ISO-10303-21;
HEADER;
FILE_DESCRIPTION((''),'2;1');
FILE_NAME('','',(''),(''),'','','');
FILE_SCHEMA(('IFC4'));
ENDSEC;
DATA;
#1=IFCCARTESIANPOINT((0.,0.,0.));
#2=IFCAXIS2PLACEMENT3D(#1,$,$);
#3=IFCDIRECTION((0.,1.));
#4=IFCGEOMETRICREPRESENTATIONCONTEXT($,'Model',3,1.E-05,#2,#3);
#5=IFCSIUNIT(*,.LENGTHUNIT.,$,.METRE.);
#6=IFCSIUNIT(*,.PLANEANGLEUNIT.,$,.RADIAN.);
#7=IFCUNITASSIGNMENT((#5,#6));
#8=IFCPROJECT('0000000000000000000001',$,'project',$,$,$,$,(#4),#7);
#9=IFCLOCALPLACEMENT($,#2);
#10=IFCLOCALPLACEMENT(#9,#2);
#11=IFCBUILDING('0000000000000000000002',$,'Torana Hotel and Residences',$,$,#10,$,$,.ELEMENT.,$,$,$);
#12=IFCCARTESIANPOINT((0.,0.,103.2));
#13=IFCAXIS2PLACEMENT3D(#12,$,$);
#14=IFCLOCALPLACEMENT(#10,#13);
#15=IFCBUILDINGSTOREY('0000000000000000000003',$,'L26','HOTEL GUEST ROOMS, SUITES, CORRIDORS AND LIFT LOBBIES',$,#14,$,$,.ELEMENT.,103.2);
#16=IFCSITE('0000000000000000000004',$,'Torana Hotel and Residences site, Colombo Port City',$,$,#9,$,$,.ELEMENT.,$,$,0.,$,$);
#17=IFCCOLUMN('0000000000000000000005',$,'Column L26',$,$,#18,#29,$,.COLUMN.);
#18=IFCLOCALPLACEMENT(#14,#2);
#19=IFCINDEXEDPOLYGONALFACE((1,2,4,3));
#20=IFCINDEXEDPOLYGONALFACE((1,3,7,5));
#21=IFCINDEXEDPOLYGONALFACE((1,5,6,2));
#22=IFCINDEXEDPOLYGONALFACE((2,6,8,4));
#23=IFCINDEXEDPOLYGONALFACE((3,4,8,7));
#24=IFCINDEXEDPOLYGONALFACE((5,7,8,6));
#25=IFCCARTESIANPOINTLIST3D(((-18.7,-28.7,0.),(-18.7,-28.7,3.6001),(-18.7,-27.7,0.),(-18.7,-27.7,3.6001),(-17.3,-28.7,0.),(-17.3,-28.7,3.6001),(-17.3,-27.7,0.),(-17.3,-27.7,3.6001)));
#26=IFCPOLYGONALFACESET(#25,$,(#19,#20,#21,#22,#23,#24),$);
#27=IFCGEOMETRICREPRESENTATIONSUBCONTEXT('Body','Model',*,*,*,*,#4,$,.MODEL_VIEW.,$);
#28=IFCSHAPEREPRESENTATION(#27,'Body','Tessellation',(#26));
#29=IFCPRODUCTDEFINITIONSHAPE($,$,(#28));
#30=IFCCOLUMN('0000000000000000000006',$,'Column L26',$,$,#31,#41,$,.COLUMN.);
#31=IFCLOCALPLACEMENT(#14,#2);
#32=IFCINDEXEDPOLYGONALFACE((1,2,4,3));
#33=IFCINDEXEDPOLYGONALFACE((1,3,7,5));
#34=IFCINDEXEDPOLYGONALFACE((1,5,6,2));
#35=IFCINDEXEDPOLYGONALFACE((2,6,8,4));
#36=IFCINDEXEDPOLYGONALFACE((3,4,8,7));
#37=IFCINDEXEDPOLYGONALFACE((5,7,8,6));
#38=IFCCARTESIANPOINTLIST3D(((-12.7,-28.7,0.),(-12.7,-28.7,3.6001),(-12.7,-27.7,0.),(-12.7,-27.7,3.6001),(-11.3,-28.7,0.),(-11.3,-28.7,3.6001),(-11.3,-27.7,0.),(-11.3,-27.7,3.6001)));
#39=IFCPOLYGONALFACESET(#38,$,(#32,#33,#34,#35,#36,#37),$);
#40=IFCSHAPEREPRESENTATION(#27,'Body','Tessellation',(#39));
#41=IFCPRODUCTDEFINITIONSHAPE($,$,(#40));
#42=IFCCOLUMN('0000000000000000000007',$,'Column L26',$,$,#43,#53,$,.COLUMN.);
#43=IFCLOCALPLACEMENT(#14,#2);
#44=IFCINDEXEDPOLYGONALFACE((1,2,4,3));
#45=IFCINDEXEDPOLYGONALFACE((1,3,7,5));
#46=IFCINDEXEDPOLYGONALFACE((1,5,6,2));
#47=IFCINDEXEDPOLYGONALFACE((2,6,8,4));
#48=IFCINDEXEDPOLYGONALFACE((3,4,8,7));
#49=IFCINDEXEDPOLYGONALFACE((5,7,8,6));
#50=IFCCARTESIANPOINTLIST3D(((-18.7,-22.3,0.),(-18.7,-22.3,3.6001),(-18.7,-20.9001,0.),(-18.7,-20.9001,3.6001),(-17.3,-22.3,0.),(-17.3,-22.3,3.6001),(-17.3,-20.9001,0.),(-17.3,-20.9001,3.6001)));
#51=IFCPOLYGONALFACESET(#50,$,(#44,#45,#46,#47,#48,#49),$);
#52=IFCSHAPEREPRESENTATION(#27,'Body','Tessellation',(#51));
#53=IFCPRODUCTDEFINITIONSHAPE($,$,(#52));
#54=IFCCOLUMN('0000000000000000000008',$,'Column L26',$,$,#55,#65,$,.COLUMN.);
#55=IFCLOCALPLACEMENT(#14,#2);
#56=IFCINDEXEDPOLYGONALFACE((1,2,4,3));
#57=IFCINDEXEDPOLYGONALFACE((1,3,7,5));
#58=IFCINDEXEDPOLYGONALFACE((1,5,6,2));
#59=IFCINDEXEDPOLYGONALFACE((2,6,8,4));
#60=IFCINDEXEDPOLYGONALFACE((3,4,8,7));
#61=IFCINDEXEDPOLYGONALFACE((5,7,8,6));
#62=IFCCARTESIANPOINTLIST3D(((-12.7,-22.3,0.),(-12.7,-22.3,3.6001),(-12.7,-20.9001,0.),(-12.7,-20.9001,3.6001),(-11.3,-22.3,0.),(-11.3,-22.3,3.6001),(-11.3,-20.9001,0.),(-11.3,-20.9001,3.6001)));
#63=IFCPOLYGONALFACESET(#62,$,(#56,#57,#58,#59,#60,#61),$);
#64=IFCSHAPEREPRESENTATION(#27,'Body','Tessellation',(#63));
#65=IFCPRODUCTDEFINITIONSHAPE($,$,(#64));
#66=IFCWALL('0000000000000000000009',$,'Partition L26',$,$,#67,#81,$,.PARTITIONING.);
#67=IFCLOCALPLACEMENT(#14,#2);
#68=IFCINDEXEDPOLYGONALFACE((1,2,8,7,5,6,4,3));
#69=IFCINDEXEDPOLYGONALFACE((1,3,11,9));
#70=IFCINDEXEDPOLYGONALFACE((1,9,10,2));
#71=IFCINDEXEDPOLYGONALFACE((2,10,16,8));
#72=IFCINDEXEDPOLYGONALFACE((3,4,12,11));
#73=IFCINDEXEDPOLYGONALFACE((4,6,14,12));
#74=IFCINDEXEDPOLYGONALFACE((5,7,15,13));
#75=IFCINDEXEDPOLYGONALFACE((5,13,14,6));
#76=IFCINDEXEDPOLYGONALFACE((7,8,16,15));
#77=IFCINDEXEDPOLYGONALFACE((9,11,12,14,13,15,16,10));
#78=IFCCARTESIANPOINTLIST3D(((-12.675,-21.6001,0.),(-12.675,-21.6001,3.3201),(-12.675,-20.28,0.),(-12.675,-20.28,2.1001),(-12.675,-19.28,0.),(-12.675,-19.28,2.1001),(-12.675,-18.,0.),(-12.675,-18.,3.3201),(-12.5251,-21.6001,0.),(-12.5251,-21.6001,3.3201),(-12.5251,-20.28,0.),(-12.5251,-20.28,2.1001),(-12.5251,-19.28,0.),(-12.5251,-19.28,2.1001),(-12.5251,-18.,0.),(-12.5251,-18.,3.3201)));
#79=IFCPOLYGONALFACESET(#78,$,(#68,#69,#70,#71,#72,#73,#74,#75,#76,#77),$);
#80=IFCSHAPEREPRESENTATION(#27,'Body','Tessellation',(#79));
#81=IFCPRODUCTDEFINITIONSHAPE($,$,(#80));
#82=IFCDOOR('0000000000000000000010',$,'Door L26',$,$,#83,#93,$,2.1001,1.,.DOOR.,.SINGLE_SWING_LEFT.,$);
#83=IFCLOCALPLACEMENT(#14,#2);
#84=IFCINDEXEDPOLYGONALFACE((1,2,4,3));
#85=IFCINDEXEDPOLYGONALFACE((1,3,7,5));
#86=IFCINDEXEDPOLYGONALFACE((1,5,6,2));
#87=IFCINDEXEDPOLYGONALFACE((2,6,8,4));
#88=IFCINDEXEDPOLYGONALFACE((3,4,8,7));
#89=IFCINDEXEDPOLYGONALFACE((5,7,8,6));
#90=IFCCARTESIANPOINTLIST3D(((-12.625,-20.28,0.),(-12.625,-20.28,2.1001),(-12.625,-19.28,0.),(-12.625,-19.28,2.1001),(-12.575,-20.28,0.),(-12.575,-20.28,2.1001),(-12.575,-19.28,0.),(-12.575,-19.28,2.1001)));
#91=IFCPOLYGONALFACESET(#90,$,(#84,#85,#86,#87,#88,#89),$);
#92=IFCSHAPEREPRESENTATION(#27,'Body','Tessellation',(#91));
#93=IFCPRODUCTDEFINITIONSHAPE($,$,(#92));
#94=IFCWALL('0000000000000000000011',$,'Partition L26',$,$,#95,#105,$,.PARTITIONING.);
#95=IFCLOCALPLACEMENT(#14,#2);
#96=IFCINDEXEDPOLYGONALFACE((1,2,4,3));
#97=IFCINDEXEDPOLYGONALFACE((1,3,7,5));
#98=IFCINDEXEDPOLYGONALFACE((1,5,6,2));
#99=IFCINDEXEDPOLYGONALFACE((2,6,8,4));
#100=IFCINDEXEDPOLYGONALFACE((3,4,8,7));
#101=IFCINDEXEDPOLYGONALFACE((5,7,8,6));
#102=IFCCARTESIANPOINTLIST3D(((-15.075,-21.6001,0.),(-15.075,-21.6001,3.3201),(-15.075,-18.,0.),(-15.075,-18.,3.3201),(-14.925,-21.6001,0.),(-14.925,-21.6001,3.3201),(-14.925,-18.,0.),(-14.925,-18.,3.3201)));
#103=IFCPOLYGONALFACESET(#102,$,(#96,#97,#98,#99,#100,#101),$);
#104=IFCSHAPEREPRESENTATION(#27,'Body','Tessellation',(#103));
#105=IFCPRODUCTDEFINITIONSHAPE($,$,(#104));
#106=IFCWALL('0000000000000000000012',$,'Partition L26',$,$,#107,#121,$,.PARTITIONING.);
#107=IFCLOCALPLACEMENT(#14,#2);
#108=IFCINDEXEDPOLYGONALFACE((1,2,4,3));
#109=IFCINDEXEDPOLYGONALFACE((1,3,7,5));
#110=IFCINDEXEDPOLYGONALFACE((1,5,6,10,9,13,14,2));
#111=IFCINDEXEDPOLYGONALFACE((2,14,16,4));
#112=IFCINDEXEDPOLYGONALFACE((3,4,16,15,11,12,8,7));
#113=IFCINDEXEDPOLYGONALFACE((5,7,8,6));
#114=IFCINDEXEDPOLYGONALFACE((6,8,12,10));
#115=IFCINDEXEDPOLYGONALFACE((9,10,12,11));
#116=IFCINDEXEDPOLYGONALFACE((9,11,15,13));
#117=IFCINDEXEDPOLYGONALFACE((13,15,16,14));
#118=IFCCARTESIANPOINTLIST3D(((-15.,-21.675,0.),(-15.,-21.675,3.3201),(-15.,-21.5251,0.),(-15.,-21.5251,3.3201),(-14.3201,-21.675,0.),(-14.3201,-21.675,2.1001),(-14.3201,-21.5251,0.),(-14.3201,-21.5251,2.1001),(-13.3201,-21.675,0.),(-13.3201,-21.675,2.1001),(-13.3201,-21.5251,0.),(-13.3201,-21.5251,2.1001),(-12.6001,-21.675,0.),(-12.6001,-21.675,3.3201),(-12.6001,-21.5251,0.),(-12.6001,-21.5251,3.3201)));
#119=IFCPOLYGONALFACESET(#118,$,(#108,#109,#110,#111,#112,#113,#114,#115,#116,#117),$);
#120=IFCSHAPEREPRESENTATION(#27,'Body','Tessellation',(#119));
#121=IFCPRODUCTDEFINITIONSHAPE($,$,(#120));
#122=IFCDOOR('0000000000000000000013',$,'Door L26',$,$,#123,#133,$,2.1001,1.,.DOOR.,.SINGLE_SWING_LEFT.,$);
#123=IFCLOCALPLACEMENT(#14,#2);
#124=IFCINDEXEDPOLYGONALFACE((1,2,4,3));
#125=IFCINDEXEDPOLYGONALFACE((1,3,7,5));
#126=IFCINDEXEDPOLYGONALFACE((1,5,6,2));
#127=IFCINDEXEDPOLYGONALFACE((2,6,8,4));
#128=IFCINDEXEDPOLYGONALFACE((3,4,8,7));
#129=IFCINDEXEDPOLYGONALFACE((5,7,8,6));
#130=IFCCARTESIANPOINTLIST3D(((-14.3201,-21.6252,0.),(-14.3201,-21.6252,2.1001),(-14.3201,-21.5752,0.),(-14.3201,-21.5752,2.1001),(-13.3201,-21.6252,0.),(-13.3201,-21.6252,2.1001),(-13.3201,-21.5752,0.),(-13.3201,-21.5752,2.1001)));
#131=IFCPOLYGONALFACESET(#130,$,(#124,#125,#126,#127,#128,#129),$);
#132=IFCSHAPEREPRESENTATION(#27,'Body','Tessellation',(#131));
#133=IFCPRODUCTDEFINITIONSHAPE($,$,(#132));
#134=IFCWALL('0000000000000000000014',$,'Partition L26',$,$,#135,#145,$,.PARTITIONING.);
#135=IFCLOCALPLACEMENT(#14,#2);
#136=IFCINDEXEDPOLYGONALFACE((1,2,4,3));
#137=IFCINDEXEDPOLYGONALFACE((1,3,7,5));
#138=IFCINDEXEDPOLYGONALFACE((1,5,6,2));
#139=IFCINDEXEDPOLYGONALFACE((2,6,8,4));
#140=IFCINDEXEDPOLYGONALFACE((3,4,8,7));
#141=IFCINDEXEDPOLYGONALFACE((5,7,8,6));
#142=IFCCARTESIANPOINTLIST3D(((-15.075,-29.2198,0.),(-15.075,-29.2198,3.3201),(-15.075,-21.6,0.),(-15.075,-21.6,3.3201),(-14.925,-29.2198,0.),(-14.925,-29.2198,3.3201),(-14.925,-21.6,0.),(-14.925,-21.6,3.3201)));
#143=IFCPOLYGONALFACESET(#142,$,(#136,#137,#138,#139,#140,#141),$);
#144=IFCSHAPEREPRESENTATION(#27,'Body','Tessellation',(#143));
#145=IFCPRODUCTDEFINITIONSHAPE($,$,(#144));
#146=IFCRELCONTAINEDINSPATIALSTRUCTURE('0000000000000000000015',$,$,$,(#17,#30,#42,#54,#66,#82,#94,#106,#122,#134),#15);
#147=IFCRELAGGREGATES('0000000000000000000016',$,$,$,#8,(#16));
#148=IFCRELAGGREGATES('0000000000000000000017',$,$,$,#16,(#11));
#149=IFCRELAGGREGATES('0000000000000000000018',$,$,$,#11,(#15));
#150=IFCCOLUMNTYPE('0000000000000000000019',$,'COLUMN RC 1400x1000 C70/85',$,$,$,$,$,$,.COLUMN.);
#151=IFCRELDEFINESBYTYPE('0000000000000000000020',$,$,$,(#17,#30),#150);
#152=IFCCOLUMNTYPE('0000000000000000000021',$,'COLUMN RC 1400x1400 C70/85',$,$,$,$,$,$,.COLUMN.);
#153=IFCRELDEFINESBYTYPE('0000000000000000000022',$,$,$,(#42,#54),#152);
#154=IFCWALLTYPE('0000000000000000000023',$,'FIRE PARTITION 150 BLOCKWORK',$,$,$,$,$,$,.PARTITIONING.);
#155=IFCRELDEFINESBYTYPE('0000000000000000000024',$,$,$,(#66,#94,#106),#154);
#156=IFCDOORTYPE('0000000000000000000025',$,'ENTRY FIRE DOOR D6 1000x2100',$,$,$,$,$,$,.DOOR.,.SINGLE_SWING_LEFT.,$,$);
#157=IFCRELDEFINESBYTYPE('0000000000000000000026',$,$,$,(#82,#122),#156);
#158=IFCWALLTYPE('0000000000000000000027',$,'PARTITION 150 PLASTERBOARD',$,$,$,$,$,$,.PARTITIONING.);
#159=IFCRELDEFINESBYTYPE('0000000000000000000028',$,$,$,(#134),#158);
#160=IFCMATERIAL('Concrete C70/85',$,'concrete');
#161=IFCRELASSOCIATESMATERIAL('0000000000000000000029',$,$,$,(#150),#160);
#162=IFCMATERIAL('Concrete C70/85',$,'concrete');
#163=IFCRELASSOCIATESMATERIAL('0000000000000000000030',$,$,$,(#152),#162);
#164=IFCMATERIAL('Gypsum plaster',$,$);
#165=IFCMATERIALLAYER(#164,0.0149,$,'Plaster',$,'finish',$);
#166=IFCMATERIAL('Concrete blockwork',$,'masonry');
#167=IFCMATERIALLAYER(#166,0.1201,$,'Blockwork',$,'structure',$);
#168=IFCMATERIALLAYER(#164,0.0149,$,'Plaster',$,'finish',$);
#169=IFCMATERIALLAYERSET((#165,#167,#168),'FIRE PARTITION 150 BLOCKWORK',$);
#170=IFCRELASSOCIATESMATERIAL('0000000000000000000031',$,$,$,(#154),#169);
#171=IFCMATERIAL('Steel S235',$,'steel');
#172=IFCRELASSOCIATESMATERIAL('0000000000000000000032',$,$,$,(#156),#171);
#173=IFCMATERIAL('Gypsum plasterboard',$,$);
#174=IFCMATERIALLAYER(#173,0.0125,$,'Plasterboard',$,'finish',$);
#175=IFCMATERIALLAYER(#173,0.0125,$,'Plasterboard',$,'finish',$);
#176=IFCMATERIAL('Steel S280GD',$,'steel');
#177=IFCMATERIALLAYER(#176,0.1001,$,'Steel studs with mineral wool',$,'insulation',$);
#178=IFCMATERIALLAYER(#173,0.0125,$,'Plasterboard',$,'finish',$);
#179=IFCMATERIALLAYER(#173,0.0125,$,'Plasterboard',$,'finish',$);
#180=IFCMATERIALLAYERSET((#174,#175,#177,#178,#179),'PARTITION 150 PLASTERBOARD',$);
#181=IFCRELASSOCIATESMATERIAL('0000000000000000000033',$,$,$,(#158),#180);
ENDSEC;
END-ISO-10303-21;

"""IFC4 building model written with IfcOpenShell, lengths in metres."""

from ifc_helpers import new_model, si_unit, direction, frame, frame_2d, origin, origin_2d, place, context, subcontext, project, spatial, rectangle, extrude, material, layer, layer_set, material_profile, profile_set, type_object, element, fill, save


model = new_model("IFC4")

# Units and contexts
model_context = context("Model", 3, precision=1e-05, world=origin(), true_north=direction((0.0, 1.0)))
body_context = subcontext(model_context, "Body", "Model", "MODEL_VIEW")
ifc_project = project(units=[si_unit("LENGTHUNIT", "METRE"), si_unit("PLANEANGLEUNIT", "RADIAN")], contexts=[model_context])

# Site, building, storey
site_placement = place(None, origin())
site = spatial("IfcSite", under=ifc_project, at=site_placement, Name="Torana Hotel and Residences site, Colombo Port City", CompositionType="ELEMENT", RefElevation=0.0)
building_placement = place(site_placement, origin())
building = spatial("IfcBuilding", under=site, at=building_placement, Name="Torana Hotel and Residences", CompositionType="ELEMENT")
storey_placement = place(building_placement, frame((0.0, 0.0, 103.2)))
storey = spatial("IfcBuildingStorey", under=building, at=storey_placement, Name="L26", Description="HOTEL GUEST ROOMS, SUITES, CORRIDORS AND LIFT LOBBIES", CompositionType="ELEMENT", Elevation=103.2)

# Columns
ifc_material_1 = material(Name="Concrete C70/85", Category="concrete")
ifc_material_profile_1 = material_profile(ifc_material_1, rectangle(XDim=1.3999, YDim=1.0, at=origin_2d()), Name="RC 1400x1000")
ifc_profile_set_1 = profile_set([ifc_material_profile_1], Name="Concrete C70/85")
column_type_1 = type_object("IfcColumnType", Name="COLUMN RC 1400x1000 C70/85", PredefinedType="COLUMN", material=ifc_profile_set_1)
for number, where, z_axis, x_axis, name in (
    (1, (-18.0, -28.2, 0.0), (0.0, 0.0, 1.0), (1.0, 0.0, 0.0), "Column L26"),
    (2, (-12.0, -28.2, 0.0), (0.0, 0.0, 1.0), (1.0, 0.0, 0.0), "Column L26"),
):
    element("IfcColumn", number, at=place(storey_placement, frame(where, z_axis=z_axis, x_axis=x_axis)), inside=storey, type_object=column_type_1, Name=name, PredefinedType="COLUMN", context=body_context, shape_type="SweptSolid", body=[
        extrude(rectangle(XDim=1.3999, YDim=1.0, at=origin_2d()), origin(), (0.0, 0.0, 1.0), 3.6001),
    ])
ifc_material_2 = material(Name="Concrete C70/85", Category="concrete")
ifc_material_profile_2 = material_profile(ifc_material_2, rectangle(XDim=1.3999, YDim=1.3999, at=origin_2d()), Name="RC 1400x1400")
ifc_profile_set_2 = profile_set([ifc_material_profile_2], Name="Concrete C70/85")
column_type_2 = type_object("IfcColumnType", Name="COLUMN RC 1400x1400 C70/85", PredefinedType="COLUMN", material=ifc_profile_set_2)
for number, where, z_axis, x_axis, name in (
    (3, (-18.0, -21.6001, 0.0), (0.0, 0.0, 1.0), (1.0, 0.0, 0.0), "Column L26"),
    (4, (-12.0, -21.6001, 0.0), (0.0, 0.0, 1.0), (1.0, 0.0, 0.0), "Column L26"),
):
    element("IfcColumn", number, at=place(storey_placement, frame(where, z_axis=z_axis, x_axis=x_axis)), inside=storey, type_object=column_type_2, Name=name, PredefinedType="COLUMN", context=body_context, shape_type="SweptSolid", body=[
        extrude(rectangle(XDim=1.3999, YDim=1.3999, at=origin_2d()), origin(), (0.0, 0.0, 1.0), 3.6001),
    ])

# Wall, opening, door
ifc_material_3 = material(Name="Gypsum plaster")
ifc_layer_1 = layer(ifc_material_3, 0.0149, Name="Plaster", Category="finish")
ifc_material_4 = material(Name="Concrete blockwork", Category="masonry")
ifc_layer_2 = layer(ifc_material_4, 0.1201, Name="Blockwork", Category="structure")
ifc_layer_3 = layer(ifc_material_3, 0.0149, Name="Plaster", Category="finish")
ifc_layer_set_1 = layer_set([ifc_layer_1, ifc_layer_2, ifc_layer_3], Name="FIRE PARTITION 150 BLOCKWORK")
wall_type_1 = type_object("IfcWallType", Name="FIRE PARTITION 150 BLOCKWORK", PredefinedType="PARTITIONING", material=ifc_layer_set_1)
wall_1_placement = place(storey_placement, frame((-12.6001, -21.6001, 0.0), z_axis=(0.0, 0.0, 1.0), x_axis=(0.0, 1.0, 0.0)))
wall_1 = element("IfcWall", 5, at=wall_1_placement, inside=storey, type_object=wall_type_1, Name="Partition L26", PredefinedType="PARTITIONING", context=body_context, shape_type="SweptSolid", body=[
    extrude(rectangle(XDim=3.6001, YDim=0.1499, at=frame_2d((1.8, 0.0))), origin(), (0.0, 0.0, 1.0), 3.3201),
])
opening_1_placement = place(wall_1_placement, frame((1.3201, 0.0, 0.0)))
opening_1 = element("IfcOpeningElement", 6, at=opening_1_placement, cuts=wall_1, PredefinedType="OPENING", context=body_context, shape_type="SweptSolid", body=[
    extrude(rectangle(XDim=1.0, YDim=2.1001, at=frame_2d((0.5, 1.05))), frame((0.0, 0.085, 0.0), z_axis=(0.0, -1.0, 0.0), x_axis=(1.0, 0.0, 0.0)), (0.0, 0.0, 1.0), 0.1699),
])
ifc_material_5 = material(Name="Steel S235", Category="steel")
door_type_1 = type_object("IfcDoorType", Name="ENTRY FIRE DOOR D6 1000x2100", OperationType="SINGLE_SWING_LEFT", PredefinedType="DOOR", material=ifc_material_5)
door_1_placement = place(opening_1_placement, frame((0.5, 0.0, 0.0), z_axis=(0.0, 0.0, 1.0), x_axis=(-1.0, 0.0, 0.0)))
door_1 = element("IfcDoor", 7, at=door_1_placement, inside=storey, type_object=door_type_1, Name="Door L26", OperationType="SINGLE_SWING_LEFT", OverallHeight=2.1001, OverallWidth=1.0, PredefinedType="DOOR", context=body_context, shape_type="SweptSolid", body=[
    extrude(rectangle(XDim=1.0, YDim=2.1001, at=frame_2d((0.0, 1.05))), frame((0.0, -0.0249, 0.0), z_axis=(0.0, 1.0, 0.0), x_axis=(-1.0, 0.0, 0.0)), (0.0, 0.0, 1.0), 0.05),
])
fill(opening_1, door_1)

# Wall
wall_2_placement = place(storey_placement, frame((-15.0, -21.6001, 0.0), z_axis=(0.0, 0.0, 1.0), x_axis=(0.0, 1.0, 0.0)))
element("IfcWall", 8, at=wall_2_placement, inside=storey, type_object=wall_type_1, Name="Partition L26", PredefinedType="PARTITIONING", context=body_context, shape_type="SweptSolid", body=[
    extrude(rectangle(XDim=3.6001, YDim=0.1499, at=frame_2d((1.8, 0.0))), origin(), (0.0, 0.0, 1.0), 3.3201),
])

# Wall, opening, door
wall_3_placement = place(storey_placement, frame((-15.0, -21.6001, 0.0), z_axis=(0.0, 0.0, 1.0), x_axis=(1.0, 0.0, 0.0)))
wall_3 = element("IfcWall", 9, at=wall_3_placement, inside=storey, type_object=wall_type_1, Name="Partition L26", PredefinedType="PARTITIONING", context=body_context, shape_type="SweptSolid", body=[
    extrude(rectangle(XDim=2.3999, YDim=0.1499, at=frame_2d((1.2, 0.0))), origin(), (0.0, 0.0, 1.0), 3.3201),
])
opening_2_placement = place(wall_3_placement, frame((0.6799, 0.0, 0.0)))
opening_2 = element("IfcOpeningElement", 10, at=opening_2_placement, cuts=wall_3, PredefinedType="OPENING", context=body_context, shape_type="SweptSolid", body=[
    extrude(rectangle(XDim=1.0, YDim=2.1001, at=frame_2d((0.5, 1.05))), frame((0.0, 0.085, 0.0), z_axis=(0.0, -1.0, 0.0), x_axis=(1.0, 0.0, 0.0)), (0.0, 0.0, 1.0), 0.1699),
])
door_2_placement = place(opening_2_placement, frame((0.5, 0.0, 0.0), z_axis=(0.0, 0.0, 1.0), x_axis=(-1.0, 0.0, 0.0)))
door_2 = element("IfcDoor", 11, at=door_2_placement, inside=storey, type_object=door_type_1, Name="Door L26", OperationType="SINGLE_SWING_LEFT", OverallHeight=2.1001, OverallWidth=1.0, PredefinedType="DOOR", context=body_context, shape_type="SweptSolid", body=[
    extrude(rectangle(XDim=1.0, YDim=2.1001, at=frame_2d((0.0, 1.05))), frame((0.0, -0.0249, 0.0), z_axis=(0.0, 1.0, 0.0), x_axis=(-1.0, 0.0, 0.0)), (0.0, 0.0, 1.0), 0.05),
])
fill(opening_2, door_2)

# Wall
ifc_material_6 = material(Name="Gypsum plasterboard")
ifc_layer_4 = layer(ifc_material_6, 0.0125, Name="Plasterboard", Category="finish")
ifc_layer_5 = layer(ifc_material_6, 0.0125, Name="Plasterboard", Category="finish")
ifc_material_7 = material(Name="Steel S280GD", Category="steel")
ifc_layer_6 = layer(ifc_material_7, 0.1001, Name="Steel studs with mineral wool", Category="insulation")
ifc_layer_7 = layer(ifc_material_6, 0.0125, Name="Plasterboard", Category="finish")
ifc_layer_8 = layer(ifc_material_6, 0.0125, Name="Plasterboard", Category="finish")
ifc_layer_set_2 = layer_set([ifc_layer_4, ifc_layer_5, ifc_layer_6, ifc_layer_7, ifc_layer_8], Name="PARTITION 150 PLASTERBOARD")
wall_type_2 = type_object("IfcWallType", Name="PARTITION 150 PLASTERBOARD", PredefinedType="PARTITIONING", material=ifc_layer_set_2)
wall_4_placement = place(storey_placement, frame((-15.0, -29.22, 0.0), z_axis=(0.0, 0.0, 1.0), x_axis=(0.0, 1.0, 0.0)))
element("IfcWall", 12, at=wall_4_placement, inside=storey, type_object=wall_type_2, Name="Partition L26", PredefinedType="PARTITIONING", context=body_context, shape_type="SweptSolid", body=[
    extrude(rectangle(XDim=7.6199, YDim=0.1499, at=frame_2d((3.8101, 0.0))), origin(), (0.0, 0.0, 1.0), 3.3201),
])

save(model, "model.ifc")
